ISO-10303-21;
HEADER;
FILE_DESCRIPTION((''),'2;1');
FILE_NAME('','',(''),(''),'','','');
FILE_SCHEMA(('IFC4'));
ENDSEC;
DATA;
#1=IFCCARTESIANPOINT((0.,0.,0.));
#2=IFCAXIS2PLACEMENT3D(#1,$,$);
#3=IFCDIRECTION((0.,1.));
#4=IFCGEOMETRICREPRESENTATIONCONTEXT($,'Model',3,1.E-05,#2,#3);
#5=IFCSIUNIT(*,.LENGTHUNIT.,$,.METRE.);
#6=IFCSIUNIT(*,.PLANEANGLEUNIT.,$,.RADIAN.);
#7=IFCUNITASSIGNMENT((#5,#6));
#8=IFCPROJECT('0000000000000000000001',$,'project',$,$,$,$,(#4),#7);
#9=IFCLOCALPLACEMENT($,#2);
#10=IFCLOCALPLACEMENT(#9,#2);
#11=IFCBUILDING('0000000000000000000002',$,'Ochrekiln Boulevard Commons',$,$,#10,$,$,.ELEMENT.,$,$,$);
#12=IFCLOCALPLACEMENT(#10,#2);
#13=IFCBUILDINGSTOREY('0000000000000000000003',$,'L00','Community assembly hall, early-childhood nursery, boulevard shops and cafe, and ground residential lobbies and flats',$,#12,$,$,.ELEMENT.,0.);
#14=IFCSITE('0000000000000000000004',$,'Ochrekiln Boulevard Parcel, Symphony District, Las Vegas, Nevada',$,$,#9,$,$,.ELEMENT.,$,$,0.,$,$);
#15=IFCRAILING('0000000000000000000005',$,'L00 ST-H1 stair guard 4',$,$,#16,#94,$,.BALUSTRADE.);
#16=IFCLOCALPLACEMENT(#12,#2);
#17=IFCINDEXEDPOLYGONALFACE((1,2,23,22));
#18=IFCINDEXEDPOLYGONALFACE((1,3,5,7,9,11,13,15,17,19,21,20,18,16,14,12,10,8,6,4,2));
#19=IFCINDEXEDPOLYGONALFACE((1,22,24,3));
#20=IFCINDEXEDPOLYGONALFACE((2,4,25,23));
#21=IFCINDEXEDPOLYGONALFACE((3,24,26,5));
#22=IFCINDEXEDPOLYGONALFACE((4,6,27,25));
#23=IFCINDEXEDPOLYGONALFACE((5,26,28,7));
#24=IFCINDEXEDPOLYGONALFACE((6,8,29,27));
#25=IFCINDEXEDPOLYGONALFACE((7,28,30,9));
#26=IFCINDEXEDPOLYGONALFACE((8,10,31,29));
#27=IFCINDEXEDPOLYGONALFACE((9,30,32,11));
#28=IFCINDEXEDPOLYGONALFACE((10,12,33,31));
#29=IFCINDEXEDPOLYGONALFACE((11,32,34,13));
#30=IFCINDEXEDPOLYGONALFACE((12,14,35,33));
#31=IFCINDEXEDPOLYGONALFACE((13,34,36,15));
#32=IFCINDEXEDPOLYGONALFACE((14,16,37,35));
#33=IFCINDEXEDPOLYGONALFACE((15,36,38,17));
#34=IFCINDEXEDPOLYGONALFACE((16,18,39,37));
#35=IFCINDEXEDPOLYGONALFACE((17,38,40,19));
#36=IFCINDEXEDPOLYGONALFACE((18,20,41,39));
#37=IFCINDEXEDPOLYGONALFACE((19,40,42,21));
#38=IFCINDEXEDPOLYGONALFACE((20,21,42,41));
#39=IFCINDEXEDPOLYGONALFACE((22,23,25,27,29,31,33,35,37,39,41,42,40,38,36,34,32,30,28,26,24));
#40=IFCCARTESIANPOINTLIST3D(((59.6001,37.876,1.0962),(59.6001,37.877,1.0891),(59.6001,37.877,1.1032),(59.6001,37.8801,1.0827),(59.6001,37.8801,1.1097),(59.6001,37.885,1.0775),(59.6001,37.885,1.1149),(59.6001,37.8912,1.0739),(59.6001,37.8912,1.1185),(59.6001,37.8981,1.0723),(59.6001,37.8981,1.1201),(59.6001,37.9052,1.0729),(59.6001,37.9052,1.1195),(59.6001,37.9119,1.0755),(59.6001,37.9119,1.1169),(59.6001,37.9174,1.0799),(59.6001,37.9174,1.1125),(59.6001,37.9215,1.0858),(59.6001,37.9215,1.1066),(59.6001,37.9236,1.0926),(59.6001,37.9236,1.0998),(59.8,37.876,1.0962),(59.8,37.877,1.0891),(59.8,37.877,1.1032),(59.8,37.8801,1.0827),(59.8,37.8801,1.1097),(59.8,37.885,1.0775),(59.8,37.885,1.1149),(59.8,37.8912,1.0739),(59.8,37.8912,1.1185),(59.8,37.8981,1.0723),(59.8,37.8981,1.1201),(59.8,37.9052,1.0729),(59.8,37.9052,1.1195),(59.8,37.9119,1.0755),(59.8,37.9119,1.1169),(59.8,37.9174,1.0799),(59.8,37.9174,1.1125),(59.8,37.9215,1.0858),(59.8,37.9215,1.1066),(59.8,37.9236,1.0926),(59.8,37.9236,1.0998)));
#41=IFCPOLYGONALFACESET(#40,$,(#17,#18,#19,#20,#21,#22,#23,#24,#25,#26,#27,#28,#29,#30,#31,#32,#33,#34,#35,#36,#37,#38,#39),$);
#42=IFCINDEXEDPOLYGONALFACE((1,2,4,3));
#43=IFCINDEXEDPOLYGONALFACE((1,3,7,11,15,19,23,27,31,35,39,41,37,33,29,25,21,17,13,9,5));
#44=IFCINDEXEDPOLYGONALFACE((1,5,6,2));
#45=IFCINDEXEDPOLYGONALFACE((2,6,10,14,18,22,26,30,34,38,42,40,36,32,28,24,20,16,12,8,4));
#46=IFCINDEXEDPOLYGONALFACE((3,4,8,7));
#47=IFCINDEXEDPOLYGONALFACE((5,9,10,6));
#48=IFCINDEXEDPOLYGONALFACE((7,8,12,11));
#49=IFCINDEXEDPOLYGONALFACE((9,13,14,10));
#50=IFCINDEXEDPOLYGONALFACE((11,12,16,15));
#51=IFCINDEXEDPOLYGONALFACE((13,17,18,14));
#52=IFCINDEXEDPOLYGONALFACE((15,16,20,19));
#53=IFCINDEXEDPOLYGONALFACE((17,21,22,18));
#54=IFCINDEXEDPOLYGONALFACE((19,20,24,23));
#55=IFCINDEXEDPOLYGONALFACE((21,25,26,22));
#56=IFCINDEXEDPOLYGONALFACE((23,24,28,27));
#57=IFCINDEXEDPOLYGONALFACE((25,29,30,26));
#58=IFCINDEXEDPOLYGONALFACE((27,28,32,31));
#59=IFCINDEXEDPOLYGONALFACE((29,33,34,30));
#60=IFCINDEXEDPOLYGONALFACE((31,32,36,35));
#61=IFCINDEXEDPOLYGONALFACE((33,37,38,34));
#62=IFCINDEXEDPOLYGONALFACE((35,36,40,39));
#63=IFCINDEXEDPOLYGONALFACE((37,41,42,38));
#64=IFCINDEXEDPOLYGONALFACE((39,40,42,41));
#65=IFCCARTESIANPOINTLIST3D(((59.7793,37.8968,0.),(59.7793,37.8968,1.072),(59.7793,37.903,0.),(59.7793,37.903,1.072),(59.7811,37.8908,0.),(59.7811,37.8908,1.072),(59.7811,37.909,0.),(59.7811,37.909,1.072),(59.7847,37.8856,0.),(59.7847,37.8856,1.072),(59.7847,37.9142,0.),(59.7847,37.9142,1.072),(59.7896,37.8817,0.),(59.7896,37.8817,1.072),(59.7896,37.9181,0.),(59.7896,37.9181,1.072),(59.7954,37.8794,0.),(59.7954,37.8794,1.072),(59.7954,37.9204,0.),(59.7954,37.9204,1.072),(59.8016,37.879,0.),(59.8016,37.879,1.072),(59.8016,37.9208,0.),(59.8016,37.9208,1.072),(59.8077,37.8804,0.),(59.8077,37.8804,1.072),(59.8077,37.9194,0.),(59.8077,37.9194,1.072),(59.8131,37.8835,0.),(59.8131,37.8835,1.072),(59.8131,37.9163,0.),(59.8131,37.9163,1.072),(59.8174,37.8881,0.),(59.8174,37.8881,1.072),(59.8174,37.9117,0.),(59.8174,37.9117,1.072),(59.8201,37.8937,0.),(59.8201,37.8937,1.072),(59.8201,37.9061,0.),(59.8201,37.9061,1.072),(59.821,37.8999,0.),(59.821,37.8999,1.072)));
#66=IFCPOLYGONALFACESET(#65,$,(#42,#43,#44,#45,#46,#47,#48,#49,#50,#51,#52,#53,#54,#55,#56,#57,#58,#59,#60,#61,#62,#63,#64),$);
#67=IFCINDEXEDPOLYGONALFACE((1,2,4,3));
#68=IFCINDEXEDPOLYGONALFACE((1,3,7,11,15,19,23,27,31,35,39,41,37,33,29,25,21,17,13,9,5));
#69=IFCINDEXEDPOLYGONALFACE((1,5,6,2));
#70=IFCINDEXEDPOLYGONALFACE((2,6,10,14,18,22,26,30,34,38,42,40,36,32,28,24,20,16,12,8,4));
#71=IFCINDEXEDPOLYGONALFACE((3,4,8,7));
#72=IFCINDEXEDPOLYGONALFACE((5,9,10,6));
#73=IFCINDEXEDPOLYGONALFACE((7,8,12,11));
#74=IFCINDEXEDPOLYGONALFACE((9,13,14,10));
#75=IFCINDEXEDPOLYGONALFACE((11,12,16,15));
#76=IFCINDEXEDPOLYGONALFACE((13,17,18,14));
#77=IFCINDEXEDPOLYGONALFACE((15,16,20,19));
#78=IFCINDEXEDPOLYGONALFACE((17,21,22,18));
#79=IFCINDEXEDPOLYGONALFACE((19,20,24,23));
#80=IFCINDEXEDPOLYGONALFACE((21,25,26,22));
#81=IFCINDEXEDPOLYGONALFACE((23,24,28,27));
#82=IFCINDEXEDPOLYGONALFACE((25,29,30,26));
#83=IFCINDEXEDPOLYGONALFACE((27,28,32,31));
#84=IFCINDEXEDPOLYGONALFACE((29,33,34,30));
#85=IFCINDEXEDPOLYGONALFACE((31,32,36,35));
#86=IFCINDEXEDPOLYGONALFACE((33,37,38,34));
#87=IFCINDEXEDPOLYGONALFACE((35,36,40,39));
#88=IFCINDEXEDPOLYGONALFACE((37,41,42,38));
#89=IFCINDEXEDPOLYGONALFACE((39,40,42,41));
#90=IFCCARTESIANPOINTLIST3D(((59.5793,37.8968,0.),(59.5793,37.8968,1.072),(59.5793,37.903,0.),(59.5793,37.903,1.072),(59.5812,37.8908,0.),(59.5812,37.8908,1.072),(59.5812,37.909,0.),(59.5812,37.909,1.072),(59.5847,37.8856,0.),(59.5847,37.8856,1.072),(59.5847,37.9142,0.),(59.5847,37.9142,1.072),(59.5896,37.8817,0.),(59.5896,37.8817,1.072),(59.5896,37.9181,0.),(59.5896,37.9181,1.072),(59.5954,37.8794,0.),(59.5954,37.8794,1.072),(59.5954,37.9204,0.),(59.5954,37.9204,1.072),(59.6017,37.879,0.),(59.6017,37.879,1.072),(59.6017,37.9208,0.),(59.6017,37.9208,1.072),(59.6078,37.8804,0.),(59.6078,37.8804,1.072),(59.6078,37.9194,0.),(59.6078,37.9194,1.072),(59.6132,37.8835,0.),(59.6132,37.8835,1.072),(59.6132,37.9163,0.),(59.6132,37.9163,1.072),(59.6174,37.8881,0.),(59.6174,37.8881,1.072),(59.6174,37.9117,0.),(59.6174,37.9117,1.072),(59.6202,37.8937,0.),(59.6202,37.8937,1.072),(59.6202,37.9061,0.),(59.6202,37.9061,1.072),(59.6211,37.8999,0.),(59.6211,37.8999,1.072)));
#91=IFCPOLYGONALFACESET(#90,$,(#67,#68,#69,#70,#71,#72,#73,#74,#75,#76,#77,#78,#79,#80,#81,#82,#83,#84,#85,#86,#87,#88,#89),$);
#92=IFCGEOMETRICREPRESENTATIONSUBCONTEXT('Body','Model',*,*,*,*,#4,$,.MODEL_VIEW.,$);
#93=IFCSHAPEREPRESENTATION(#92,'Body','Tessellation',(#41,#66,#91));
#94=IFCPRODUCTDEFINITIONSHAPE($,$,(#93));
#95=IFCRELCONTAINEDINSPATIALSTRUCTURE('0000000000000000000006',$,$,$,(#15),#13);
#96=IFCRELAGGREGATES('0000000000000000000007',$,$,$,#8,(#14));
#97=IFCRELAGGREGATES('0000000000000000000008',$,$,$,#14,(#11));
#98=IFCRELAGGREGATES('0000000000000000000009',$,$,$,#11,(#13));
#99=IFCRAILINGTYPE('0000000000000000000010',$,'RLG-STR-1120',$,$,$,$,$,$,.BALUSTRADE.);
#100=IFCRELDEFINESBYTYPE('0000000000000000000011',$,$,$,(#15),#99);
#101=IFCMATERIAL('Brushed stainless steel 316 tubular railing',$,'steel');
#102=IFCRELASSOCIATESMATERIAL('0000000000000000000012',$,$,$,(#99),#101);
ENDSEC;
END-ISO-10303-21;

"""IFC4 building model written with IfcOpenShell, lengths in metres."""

from ifc_helpers import new_model, si_unit, direction, frame, origin, origin_2d, place, context, subcontext, project, spatial, circle, extrude, material, type_object, element, save


model = new_model("IFC4")

# Units and contexts
model_context = context("Model", 3, precision=1e-05, world=origin(), true_north=direction((0.0, 1.0)))
body_context = subcontext(model_context, "Body", "Model", "MODEL_VIEW")
ifc_project = project(units=[si_unit("LENGTHUNIT", "METRE"), si_unit("PLANEANGLEUNIT", "RADIAN")], contexts=[model_context])

# Site, building, storey
site_placement = place(None, origin())
site = spatial("IfcSite", under=ifc_project, at=site_placement, Name="Ochrekiln Boulevard Parcel, Symphony District, Las Vegas, Nevada", CompositionType="ELEMENT", RefElevation=0.0)
building_placement = place(site_placement, origin())
building = spatial("IfcBuilding", under=site, at=building_placement, Name="Ochrekiln Boulevard Commons", CompositionType="ELEMENT")
storey_placement = place(building_placement, origin())
storey = spatial("IfcBuildingStorey", under=building, at=storey_placement, Name="L00", Description="Community assembly hall, early-childhood nursery, boulevard shops and cafe, and ground residential lobbies and flats", CompositionType="ELEMENT", Elevation=0.0)

# Railing
ifc_material_1 = material(Name="Brushed stainless steel 316 tubular railing", Category="steel")
railing_type_1 = type_object("IfcRailingType", Name="RLG-STR-1120", PredefinedType="BALUSTRADE", material=ifc_material_1)
railing_1_placement = place(storey_placement, frame((59.8, 37.8999, 0.0)))
element("IfcRailing", 1, at=railing_1_placement, inside=storey, type_object=railing_type_1, Name="L00 ST-H1 stair guard 4", PredefinedType="BALUSTRADE", context=body_context, shape_type="SweptSolid", body=[
    extrude(circle(Radius=0.0239, at=origin_2d()), frame((0.0, 0.0, 1.0962), z_axis=(-1.0, 0.0, 0.0), x_axis=(0.0, -1.0, 0.0)), (0.0, 0.0, 1.0), 0.2),
    extrude(circle(Radius=0.021, at=origin_2d()), origin(), (0.0, 0.0, 1.0), 1.072),
    extrude(circle(Radius=0.021, at=origin_2d()), frame((-0.2, 0.0, 0.0)), (0.0, 0.0, 1.0), 1.072),
])

save(model, "model.ifc")
